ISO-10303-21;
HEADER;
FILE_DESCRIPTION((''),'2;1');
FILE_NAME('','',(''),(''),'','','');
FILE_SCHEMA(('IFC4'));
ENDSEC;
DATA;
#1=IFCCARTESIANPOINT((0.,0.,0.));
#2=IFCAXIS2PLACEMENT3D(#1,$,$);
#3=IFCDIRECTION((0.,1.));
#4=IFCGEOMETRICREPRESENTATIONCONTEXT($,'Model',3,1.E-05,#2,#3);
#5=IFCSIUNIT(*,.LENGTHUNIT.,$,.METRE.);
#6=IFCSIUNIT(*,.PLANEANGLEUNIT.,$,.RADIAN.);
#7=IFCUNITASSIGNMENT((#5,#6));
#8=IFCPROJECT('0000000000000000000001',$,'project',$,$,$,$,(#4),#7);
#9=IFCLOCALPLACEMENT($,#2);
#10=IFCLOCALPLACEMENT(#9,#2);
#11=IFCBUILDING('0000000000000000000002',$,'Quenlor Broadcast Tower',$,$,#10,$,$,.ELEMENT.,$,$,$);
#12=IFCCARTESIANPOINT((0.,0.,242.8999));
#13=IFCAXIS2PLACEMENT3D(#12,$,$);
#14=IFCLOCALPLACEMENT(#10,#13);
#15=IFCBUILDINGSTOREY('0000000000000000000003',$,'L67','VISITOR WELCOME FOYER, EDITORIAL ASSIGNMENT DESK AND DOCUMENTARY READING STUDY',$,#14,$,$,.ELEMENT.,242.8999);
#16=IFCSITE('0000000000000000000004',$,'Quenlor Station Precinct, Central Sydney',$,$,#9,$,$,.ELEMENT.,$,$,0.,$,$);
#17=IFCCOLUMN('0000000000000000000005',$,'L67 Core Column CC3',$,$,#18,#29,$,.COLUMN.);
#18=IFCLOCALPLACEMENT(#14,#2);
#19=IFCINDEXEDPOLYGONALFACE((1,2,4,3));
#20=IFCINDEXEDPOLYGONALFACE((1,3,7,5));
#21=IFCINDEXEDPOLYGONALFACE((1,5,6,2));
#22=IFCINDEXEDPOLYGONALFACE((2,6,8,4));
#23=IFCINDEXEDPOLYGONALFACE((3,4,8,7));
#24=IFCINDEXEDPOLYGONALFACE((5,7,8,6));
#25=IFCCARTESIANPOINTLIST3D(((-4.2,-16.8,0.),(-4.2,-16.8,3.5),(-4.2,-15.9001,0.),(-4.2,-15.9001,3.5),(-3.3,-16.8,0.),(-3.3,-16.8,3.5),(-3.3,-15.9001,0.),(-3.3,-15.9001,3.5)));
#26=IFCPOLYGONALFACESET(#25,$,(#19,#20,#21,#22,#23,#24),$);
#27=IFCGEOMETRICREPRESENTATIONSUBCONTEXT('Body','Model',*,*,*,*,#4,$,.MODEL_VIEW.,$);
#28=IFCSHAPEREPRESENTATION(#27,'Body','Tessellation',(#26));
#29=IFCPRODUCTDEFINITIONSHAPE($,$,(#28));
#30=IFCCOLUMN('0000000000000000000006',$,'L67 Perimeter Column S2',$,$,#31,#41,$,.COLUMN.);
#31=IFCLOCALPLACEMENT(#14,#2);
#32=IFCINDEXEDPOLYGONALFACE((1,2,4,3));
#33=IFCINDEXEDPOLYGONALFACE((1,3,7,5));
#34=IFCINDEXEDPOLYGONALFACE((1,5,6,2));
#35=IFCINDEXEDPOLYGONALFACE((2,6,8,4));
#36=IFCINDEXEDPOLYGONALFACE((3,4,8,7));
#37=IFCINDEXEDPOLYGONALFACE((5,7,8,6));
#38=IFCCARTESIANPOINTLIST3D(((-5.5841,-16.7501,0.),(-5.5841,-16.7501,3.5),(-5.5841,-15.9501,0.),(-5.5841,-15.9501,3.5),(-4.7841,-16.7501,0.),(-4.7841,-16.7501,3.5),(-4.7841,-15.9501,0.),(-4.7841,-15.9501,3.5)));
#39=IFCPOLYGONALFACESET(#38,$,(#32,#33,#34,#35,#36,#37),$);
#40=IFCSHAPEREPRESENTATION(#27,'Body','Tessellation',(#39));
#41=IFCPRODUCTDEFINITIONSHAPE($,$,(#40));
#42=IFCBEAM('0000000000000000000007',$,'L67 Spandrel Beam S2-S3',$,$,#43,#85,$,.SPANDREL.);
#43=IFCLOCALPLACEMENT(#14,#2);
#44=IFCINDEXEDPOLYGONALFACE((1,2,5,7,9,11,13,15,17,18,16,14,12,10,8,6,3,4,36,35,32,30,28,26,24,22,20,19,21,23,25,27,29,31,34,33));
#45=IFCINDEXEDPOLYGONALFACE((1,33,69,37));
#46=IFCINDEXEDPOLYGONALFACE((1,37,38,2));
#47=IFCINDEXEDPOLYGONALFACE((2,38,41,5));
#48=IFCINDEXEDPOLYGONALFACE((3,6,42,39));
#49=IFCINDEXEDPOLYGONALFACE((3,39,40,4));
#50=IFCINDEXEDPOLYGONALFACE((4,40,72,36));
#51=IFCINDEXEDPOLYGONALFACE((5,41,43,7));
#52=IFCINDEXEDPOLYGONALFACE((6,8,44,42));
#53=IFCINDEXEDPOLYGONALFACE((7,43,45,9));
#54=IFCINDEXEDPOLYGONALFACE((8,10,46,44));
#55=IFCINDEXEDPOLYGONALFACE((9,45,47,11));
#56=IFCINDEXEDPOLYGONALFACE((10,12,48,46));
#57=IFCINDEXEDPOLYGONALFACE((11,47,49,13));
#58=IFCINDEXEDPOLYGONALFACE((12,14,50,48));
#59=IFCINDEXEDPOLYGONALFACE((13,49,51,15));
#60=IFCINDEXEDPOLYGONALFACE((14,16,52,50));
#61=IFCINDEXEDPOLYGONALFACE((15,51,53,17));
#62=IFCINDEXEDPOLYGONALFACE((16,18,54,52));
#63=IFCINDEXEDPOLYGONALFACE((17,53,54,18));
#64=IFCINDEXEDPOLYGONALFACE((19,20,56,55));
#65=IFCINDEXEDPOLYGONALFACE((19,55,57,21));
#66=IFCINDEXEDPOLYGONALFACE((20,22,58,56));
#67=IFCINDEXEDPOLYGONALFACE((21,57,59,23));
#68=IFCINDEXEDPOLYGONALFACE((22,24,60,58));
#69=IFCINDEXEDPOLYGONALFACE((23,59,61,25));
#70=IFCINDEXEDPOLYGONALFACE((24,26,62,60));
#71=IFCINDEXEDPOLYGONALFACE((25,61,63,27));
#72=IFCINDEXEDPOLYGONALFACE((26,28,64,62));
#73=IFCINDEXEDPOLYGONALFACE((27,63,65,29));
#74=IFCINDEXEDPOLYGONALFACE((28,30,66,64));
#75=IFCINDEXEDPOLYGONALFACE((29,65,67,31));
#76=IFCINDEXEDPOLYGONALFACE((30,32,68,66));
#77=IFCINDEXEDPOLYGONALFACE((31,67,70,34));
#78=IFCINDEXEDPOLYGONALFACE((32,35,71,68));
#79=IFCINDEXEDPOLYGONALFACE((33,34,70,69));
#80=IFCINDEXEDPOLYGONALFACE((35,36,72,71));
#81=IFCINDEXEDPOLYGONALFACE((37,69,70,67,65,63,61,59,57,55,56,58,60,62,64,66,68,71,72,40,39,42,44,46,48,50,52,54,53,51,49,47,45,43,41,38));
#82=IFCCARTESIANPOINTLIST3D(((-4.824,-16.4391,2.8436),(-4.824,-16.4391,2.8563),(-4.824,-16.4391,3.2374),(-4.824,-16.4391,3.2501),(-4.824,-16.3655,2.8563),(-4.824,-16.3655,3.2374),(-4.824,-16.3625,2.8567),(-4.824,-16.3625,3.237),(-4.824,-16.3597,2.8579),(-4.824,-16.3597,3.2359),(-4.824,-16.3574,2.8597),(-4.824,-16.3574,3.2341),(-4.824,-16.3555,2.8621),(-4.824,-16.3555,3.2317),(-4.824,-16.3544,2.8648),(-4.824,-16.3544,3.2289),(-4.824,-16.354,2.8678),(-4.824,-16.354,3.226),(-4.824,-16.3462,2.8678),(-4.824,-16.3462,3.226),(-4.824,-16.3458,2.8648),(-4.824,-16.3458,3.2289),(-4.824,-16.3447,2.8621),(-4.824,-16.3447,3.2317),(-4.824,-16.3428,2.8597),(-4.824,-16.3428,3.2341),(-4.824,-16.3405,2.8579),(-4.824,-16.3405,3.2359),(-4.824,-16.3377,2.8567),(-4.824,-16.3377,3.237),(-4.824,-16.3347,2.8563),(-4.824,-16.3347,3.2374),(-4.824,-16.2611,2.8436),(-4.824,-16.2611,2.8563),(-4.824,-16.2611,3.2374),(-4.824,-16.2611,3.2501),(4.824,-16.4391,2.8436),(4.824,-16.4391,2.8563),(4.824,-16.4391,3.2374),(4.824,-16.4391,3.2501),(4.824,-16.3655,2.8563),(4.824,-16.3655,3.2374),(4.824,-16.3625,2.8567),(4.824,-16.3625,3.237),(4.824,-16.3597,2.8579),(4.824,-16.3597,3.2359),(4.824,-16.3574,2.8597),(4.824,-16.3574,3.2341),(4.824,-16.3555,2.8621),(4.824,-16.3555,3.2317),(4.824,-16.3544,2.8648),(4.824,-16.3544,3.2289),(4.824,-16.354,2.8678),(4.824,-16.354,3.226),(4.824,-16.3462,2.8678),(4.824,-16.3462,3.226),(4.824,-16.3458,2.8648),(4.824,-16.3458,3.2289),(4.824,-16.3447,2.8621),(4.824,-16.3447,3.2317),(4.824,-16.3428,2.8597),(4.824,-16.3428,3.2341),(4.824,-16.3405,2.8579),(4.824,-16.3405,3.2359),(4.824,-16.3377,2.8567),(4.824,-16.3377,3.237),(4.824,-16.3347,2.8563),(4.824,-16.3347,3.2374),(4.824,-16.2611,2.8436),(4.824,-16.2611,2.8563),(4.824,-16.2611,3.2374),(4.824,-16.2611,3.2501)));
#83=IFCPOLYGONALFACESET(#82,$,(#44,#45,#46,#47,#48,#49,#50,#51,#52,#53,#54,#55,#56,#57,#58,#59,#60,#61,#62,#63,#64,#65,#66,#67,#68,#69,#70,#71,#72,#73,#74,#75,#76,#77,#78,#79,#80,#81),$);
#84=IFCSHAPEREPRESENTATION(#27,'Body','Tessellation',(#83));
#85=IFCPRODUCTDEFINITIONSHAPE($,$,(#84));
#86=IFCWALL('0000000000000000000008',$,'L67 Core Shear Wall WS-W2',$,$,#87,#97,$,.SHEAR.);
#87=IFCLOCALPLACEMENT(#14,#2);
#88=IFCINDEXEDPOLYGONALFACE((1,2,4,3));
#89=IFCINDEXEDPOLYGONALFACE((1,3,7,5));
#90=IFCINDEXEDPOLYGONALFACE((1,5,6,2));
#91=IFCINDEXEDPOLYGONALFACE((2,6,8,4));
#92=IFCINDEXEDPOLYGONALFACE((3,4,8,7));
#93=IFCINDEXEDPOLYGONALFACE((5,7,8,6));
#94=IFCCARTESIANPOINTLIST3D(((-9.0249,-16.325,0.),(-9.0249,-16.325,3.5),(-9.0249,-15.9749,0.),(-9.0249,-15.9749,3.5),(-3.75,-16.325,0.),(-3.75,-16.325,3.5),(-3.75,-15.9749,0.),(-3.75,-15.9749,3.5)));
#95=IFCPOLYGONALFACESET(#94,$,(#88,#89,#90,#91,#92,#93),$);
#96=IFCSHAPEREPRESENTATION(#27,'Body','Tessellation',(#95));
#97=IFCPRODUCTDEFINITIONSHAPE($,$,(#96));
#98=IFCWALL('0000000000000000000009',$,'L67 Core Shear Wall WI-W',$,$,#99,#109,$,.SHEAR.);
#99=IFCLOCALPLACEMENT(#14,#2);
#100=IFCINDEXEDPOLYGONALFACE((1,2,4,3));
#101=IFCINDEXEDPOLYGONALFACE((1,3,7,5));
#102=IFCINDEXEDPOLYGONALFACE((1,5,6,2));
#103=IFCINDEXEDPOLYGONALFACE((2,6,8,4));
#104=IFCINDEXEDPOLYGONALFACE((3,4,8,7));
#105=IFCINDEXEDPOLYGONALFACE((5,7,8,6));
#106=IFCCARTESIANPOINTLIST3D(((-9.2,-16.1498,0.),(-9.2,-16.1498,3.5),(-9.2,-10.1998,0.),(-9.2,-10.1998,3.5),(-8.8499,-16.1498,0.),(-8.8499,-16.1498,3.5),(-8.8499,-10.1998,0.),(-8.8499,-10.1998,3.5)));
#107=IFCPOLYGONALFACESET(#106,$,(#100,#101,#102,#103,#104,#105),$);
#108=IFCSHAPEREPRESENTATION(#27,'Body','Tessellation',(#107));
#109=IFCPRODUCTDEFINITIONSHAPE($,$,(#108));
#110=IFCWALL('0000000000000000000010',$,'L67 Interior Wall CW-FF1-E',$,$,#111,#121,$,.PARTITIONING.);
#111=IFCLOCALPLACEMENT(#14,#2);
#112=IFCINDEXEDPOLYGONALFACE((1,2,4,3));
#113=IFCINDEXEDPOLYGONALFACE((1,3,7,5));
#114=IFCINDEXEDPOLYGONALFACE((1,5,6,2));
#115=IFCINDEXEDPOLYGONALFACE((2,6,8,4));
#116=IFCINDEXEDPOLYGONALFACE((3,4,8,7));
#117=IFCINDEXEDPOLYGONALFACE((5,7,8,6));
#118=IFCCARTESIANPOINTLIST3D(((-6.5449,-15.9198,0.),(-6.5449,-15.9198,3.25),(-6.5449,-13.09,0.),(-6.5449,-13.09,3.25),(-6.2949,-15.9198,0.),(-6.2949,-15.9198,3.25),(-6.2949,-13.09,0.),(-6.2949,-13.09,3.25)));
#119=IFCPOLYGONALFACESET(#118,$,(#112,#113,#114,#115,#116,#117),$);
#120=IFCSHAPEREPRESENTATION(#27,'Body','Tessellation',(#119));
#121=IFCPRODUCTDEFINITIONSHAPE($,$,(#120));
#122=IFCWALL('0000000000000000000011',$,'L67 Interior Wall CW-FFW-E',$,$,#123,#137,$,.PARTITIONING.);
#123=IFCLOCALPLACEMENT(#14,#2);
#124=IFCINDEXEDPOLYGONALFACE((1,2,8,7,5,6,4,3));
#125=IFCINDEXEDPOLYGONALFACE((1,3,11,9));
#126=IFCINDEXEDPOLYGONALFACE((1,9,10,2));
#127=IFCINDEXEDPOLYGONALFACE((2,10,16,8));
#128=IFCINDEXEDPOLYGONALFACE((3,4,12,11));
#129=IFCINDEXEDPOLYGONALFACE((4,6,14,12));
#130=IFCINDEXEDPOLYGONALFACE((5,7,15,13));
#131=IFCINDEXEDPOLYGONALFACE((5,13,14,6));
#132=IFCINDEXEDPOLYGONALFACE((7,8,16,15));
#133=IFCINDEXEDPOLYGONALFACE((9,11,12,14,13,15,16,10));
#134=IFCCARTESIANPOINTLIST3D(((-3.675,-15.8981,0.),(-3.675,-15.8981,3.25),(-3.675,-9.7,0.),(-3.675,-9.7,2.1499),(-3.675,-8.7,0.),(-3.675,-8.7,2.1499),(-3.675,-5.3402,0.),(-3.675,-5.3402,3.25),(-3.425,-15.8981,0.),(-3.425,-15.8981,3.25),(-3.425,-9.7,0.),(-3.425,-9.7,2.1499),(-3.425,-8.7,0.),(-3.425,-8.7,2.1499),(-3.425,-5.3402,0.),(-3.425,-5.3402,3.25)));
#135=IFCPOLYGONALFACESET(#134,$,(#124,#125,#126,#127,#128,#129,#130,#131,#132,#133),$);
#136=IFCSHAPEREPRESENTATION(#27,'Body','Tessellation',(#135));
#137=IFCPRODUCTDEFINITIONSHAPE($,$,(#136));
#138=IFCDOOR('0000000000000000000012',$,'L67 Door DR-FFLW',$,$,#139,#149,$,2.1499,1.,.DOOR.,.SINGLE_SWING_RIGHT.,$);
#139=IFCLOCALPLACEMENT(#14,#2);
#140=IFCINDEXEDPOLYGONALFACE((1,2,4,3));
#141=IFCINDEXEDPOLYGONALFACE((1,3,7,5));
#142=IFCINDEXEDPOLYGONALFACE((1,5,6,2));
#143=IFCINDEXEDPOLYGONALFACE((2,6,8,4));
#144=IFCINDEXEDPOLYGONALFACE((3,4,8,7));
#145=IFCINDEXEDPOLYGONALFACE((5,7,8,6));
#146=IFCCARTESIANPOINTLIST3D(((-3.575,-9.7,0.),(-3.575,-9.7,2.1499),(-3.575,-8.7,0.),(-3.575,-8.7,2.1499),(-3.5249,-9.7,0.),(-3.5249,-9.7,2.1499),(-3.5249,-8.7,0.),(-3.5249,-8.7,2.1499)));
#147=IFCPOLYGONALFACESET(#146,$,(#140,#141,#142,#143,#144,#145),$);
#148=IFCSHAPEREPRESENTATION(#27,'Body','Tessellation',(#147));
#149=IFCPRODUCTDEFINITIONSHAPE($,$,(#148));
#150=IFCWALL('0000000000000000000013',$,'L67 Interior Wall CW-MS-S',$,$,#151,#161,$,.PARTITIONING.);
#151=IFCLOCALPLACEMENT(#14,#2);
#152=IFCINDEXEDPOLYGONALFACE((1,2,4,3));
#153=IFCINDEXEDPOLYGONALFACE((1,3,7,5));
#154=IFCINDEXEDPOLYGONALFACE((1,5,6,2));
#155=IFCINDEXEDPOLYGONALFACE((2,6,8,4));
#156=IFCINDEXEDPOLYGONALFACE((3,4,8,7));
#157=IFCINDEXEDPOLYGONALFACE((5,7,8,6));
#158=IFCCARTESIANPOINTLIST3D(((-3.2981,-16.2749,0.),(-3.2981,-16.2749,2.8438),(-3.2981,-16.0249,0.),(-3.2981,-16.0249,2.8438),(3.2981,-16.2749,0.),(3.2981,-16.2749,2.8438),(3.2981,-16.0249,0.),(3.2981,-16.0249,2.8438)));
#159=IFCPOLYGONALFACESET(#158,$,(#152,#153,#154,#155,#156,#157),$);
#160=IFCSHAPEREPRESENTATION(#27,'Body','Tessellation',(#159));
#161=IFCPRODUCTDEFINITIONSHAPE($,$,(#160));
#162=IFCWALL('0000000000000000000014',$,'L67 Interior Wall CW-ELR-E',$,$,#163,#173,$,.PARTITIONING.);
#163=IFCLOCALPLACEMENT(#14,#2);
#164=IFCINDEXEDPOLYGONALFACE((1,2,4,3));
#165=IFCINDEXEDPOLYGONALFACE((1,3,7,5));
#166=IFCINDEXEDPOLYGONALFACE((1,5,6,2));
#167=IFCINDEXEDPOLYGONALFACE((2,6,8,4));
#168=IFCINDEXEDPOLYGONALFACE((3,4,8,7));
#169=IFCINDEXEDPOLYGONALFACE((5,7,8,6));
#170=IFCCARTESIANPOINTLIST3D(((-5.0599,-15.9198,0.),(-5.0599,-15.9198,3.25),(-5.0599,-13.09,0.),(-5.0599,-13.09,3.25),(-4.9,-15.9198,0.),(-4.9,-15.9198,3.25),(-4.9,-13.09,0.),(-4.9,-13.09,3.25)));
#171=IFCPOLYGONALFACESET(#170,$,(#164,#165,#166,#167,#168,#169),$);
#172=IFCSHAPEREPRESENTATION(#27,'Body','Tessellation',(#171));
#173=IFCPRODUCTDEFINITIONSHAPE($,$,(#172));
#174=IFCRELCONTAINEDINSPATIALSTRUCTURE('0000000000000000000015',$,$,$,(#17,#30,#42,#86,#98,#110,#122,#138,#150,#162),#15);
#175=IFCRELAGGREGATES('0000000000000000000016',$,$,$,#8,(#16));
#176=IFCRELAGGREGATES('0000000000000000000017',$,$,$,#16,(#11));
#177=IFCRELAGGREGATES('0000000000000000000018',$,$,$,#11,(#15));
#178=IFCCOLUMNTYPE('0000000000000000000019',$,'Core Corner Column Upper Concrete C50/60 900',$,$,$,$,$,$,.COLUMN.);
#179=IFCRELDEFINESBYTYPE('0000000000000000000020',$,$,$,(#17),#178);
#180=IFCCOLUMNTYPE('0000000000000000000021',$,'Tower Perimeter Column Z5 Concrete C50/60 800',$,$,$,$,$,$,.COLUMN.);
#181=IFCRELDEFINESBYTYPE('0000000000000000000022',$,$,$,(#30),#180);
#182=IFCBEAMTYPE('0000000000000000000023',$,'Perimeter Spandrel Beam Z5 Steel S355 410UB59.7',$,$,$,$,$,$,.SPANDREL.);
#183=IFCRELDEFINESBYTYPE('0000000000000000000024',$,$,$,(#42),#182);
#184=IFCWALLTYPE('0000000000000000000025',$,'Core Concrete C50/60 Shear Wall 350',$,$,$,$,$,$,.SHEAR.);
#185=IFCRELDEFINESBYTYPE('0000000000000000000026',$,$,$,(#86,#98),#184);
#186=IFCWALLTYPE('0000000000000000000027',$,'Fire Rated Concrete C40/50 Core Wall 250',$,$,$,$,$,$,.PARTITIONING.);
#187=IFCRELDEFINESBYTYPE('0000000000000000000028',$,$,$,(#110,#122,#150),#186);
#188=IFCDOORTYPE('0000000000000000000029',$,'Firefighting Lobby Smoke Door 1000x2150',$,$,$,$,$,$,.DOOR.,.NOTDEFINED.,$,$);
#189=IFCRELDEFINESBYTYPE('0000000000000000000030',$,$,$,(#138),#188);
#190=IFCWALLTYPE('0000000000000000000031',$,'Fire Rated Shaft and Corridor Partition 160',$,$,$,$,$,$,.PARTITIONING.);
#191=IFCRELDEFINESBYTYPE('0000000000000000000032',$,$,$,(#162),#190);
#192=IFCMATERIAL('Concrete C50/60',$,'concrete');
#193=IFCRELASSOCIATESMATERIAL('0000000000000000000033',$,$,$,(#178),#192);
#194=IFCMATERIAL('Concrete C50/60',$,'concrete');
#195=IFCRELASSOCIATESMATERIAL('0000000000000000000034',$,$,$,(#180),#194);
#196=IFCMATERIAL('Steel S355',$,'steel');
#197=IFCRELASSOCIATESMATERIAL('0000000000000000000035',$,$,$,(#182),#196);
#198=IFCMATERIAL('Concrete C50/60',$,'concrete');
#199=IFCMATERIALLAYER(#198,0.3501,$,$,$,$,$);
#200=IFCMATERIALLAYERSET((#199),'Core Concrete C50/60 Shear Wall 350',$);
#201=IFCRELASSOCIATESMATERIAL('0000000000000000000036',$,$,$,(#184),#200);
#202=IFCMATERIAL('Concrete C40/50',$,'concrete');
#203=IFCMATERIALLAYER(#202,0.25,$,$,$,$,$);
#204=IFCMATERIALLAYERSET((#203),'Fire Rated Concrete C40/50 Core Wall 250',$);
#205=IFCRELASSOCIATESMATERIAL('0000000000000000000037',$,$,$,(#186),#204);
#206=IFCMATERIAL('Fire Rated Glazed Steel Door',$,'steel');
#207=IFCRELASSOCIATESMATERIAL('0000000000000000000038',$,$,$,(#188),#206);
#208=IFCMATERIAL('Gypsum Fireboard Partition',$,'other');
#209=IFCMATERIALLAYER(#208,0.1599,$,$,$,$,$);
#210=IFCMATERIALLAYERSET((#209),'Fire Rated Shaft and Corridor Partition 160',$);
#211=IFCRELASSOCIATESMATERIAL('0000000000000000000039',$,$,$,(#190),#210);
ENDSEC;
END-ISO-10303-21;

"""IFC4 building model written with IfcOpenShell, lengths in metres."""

from ifc_helpers import new_model, si_unit, direction, frame, frame_2d, origin, origin_2d, place, context, subcontext, project, spatial, rectangle, i_section, extrude, material, layer, layer_set, material_profile, profile_set, type_object, element, fill, save


model = new_model("IFC4")

# Units and contexts
model_context = context("Model", 3, precision=1e-05, world=origin(), true_north=direction((0.0, 1.0)))
body_context = subcontext(model_context, "Body", "Model", "MODEL_VIEW")
ifc_project = project(units=[si_unit("LENGTHUNIT", "METRE"), si_unit("PLANEANGLEUNIT", "RADIAN")], contexts=[model_context])

# Site, building, storey
site_placement = place(None, origin())
site = spatial("IfcSite", under=ifc_project, at=site_placement, Name="Quenlor Station Precinct, Central Sydney", CompositionType="ELEMENT", RefElevation=0.0)
building_placement = place(site_placement, origin())
building = spatial("IfcBuilding", under=site, at=building_placement, Name="Quenlor Broadcast Tower", CompositionType="ELEMENT")
storey_placement = place(building_placement, frame((0.0, 0.0, 242.8999)))
storey = spatial("IfcBuildingStorey", under=building, at=storey_placement, Name="L67", Description="VISITOR WELCOME FOYER, EDITORIAL ASSIGNMENT DESK AND DOCUMENTARY READING STUDY", CompositionType="ELEMENT", Elevation=242.8999)

# Columns
ifc_material_1 = material(Name="Concrete C50/60", Category="concrete")
ifc_material_profile_1 = material_profile(ifc_material_1, rectangle(XDim=0.8999, YDim=0.8999, at=origin_2d()))
ifc_profile_set_1 = profile_set([ifc_material_profile_1], Name="Concrete C50/60 RC900x900")
column_type_1 = type_object("IfcColumnType", Name="Core Corner Column Upper Concrete C50/60 900", PredefinedType="COLUMN", material=ifc_profile_set_1)
column_1_placement = place(storey_placement, frame((-3.75, -16.3501, 0.0), z_axis=(0.0, 0.0, 1.0), x_axis=(1.0, 0.0, 0.0)))
element("IfcColumn", 1, at=column_1_placement, inside=storey, type_object=column_type_1, Name="L67 Core Column CC3", PredefinedType="COLUMN", context=body_context, shape_type="SweptSolid", body=[
    extrude(rectangle(XDim=0.8999, YDim=0.8999, at=origin_2d()), origin(), (0.0, 0.0, 1.0), 3.5),
])
ifc_material_2 = material(Name="Concrete C50/60", Category="concrete")
ifc_material_profile_2 = material_profile(ifc_material_2, rectangle(XDim=0.8, YDim=0.8, at=origin_2d()))
ifc_profile_set_2 = profile_set([ifc_material_profile_2], Name="Concrete C50/60 RC800x800")
column_type_2 = type_object("IfcColumnType", Name="Tower Perimeter Column Z5 Concrete C50/60 800", PredefinedType="COLUMN", material=ifc_profile_set_2)
column_2_placement = place(storey_placement, frame((-5.1841, -16.3501, 0.0), z_axis=(0.0, 0.0, 1.0), x_axis=(0.0, 1.0, 0.0)))
element("IfcColumn", 2, at=column_2_placement, inside=storey, type_object=column_type_2, Name="L67 Perimeter Column S2", PredefinedType="COLUMN", context=body_context, shape_type="SweptSolid", body=[
    extrude(rectangle(XDim=0.8, YDim=0.8, at=origin_2d()), origin(), (0.0, 0.0, 1.0), 3.5),
])

# Beam
ifc_material_3 = material(Name="Steel S355", Category="steel")
ifc_material_profile_3 = material_profile(ifc_material_3, i_section(OverallWidth=0.178, OverallDepth=0.4065, WebThickness=0.0078, FlangeThickness=0.0127, FilletRadius=0.0115, at=origin_2d()))
ifc_profile_set_3 = profile_set([ifc_material_profile_3], Name="Steel S355 410UB59.7")
beam_type = type_object("IfcBeamType", Name="Perimeter Spandrel Beam Z5 Steel S355 410UB59.7", PredefinedType="SPANDREL", material=ifc_profile_set_3)
beam_placement = place(storey_placement, frame((-4.824, -16.3501, 3.0469), z_axis=(1.0, 0.0, 0.0), x_axis=(0.0, 1.0, 0.0)))
element("IfcBeam", 3, at=beam_placement, inside=storey, type_object=beam_type, Name="L67 Spandrel Beam S2-S3", PredefinedType="SPANDREL", context=body_context, shape_type="SweptSolid", body=[
    extrude(i_section(OverallWidth=0.178, OverallDepth=0.4065, WebThickness=0.0078, FlangeThickness=0.0127, FilletRadius=0.0115, at=origin_2d()), origin(), (0.0, 0.0, 1.0), 9.6479),
])

# Walls
ifc_material_4 = material(Name="Concrete C50/60", Category="concrete")
ifc_layer_1 = layer(ifc_material_4, 0.3501)
ifc_layer_set_1 = layer_set([ifc_layer_1], Name="Core Concrete C50/60 Shear Wall 350")
wall_type_1 = type_object("IfcWallType", Name="Core Concrete C50/60 Shear Wall 350", PredefinedType="SHEAR", material=ifc_layer_set_1)
wall_1_placement = place(storey_placement, frame((-9.0249, -16.1499, 0.0), z_axis=(0.0, 0.0, 1.0), x_axis=(1.0, 0.0, 0.0)))
element("IfcWall", 4, at=wall_1_placement, inside=storey, type_object=wall_type_1, Name="L67 Core Shear Wall WS-W2", PredefinedType="SHEAR", context=body_context, shape_type="SweptSolid", body=[
    extrude(rectangle(XDim=5.2749, YDim=0.3501, at=frame_2d((2.6375, 0.0))), origin(), (0.0, 0.0, 1.0), 3.5),
])
wall_2_placement = place(storey_placement, frame((-9.0249, -16.1499, 0.0), z_axis=(0.0, 0.0, 1.0), x_axis=(0.0, 1.0, 0.0)))
element("IfcWall", 5, at=wall_2_placement, inside=storey, type_object=wall_type_1, Name="L67 Core Shear Wall WI-W", PredefinedType="SHEAR", context=body_context, shape_type="SweptSolid", body=[
    extrude(rectangle(XDim=5.95, YDim=0.3501, at=frame_2d((2.9751, 0.0))), origin(), (0.0, 0.0, 1.0), 3.5),
])

# Shared definitions
ifc_material_5 = material(Name="Concrete C40/50", Category="concrete")
ifc_layer_2 = layer(ifc_material_5, 0.25)
ifc_layer_set_2 = layer_set([ifc_layer_2], Name="Fire Rated Concrete C40/50 Core Wall 250")
wall_type_2 = type_object("IfcWallType", Name="Fire Rated Concrete C40/50 Core Wall 250", PredefinedType="PARTITIONING", material=ifc_layer_set_2)

# Wall
wall_3_placement = place(storey_placement, frame((-6.4199, -15.9199, 0.0), z_axis=(0.0, 0.0, 1.0), x_axis=(0.0, 1.0, 0.0)))
element("IfcWall", 6, at=wall_3_placement, inside=storey, type_object=wall_type_2, Name="L67 Interior Wall CW-FF1-E", PredefinedType="PARTITIONING", context=body_context, shape_type="SweptSolid", body=[
    extrude(rectangle(XDim=2.8298, YDim=0.25, at=frame_2d((1.415, 0.0))), origin(), (0.0, 0.0, 1.0), 3.25),
])

# Wall, opening, door
wall_4_placement = place(storey_placement, frame((-3.55, -15.8979, 0.0), z_axis=(0.0, 0.0, 1.0), x_axis=(0.0, 1.0, 0.0)))
wall_4 = element("IfcWall", 7, at=wall_4_placement, inside=storey, type_object=wall_type_2, Name="L67 Interior Wall CW-FFW-E", PredefinedType="PARTITIONING", context=body_context, shape_type="SweptSolid", body=[
    extrude(rectangle(XDim=10.5579, YDim=0.25, at=frame_2d((5.2788, 0.0))), origin(), (0.0, 0.0, 1.0), 3.25),
])
opening_1_placement = place(wall_4_placement, frame((6.198, 0.0, 0.0)))
opening_1 = element("IfcOpeningElement", 8, at=opening_1_placement, cuts=wall_4, PredefinedType="OPENING", context=body_context, shape_type="SweptSolid", body=[
    extrude(rectangle(XDim=1.0, YDim=2.1499, at=frame_2d((0.5, 1.075))), frame((0.0, 0.135, 0.0), z_axis=(0.0, -1.0, 0.0), x_axis=(1.0, 0.0, 0.0)), (0.0, 0.0, 1.0), 0.27),
])
ifc_material_6 = material(Name="Fire Rated Glazed Steel Door", Category="steel")
door_type_1 = type_object("IfcDoorType", Name="Firefighting Lobby Smoke Door 1000x2150", OperationType="NOTDEFINED", PredefinedType="DOOR", material=ifc_material_6)
door_1_placement = place(opening_1_placement, origin())
door_1 = element("IfcDoor", 9, at=door_1_placement, inside=storey, type_object=door_type_1, Name="L67 Door DR-FFLW", OperationType="SINGLE_SWING_RIGHT", OverallHeight=2.1499, OverallWidth=1.0, PredefinedType="DOOR", context=body_context, shape_type="SweptSolid", body=[
    extrude(rectangle(XDim=1.0, YDim=2.1499, at=frame_2d((0.5, 1.075))), frame((0.0, 0.0249, 0.0), z_axis=(0.0, -1.0, 0.0), x_axis=(1.0, 0.0, 0.0)), (0.0, 0.0, 1.0), 0.05),
])
fill(opening_1, door_1)

# Walls
wall_5_placement = place(storey_placement, frame((-3.2981, -16.1499, 0.0), z_axis=(0.0, 0.0, 1.0), x_axis=(1.0, 0.0, 0.0)))
element("IfcWall", 10, at=wall_5_placement, inside=storey, type_object=wall_type_2, Name="L67 Interior Wall CW-MS-S", PredefinedType="PARTITIONING", context=body_context, shape_type="SweptSolid", body=[
    extrude(rectangle(XDim=6.5962, YDim=0.25, at=frame_2d((3.2981, 0.0))), origin(), (0.0, 0.0, 1.0), 2.8438),
])
ifc_material_7 = material(Name="Gypsum Fireboard Partition", Category="other")
ifc_layer_3 = layer(ifc_material_7, 0.1599)
ifc_layer_set_3 = layer_set([ifc_layer_3], Name="Fire Rated Shaft and Corridor Partition 160")
wall_type_3 = type_object("IfcWallType", Name="Fire Rated Shaft and Corridor Partition 160", PredefinedType="PARTITIONING", material=ifc_layer_set_3)
wall_6_placement = place(storey_placement, frame((-4.98, -15.9199, 0.0), z_axis=(0.0, 0.0, 1.0), x_axis=(0.0, 1.0, 0.0)))
element("IfcWall", 11, at=wall_6_placement, inside=storey, type_object=wall_type_3, Name="L67 Interior Wall CW-ELR-E", PredefinedType="PARTITIONING", context=body_context, shape_type="SweptSolid", body=[
    extrude(rectangle(XDim=2.8298, YDim=0.1599, at=frame_2d((1.415, 0.0))), origin(), (0.0, 0.0, 1.0), 3.25),
])

save(model, "model.ifc")
